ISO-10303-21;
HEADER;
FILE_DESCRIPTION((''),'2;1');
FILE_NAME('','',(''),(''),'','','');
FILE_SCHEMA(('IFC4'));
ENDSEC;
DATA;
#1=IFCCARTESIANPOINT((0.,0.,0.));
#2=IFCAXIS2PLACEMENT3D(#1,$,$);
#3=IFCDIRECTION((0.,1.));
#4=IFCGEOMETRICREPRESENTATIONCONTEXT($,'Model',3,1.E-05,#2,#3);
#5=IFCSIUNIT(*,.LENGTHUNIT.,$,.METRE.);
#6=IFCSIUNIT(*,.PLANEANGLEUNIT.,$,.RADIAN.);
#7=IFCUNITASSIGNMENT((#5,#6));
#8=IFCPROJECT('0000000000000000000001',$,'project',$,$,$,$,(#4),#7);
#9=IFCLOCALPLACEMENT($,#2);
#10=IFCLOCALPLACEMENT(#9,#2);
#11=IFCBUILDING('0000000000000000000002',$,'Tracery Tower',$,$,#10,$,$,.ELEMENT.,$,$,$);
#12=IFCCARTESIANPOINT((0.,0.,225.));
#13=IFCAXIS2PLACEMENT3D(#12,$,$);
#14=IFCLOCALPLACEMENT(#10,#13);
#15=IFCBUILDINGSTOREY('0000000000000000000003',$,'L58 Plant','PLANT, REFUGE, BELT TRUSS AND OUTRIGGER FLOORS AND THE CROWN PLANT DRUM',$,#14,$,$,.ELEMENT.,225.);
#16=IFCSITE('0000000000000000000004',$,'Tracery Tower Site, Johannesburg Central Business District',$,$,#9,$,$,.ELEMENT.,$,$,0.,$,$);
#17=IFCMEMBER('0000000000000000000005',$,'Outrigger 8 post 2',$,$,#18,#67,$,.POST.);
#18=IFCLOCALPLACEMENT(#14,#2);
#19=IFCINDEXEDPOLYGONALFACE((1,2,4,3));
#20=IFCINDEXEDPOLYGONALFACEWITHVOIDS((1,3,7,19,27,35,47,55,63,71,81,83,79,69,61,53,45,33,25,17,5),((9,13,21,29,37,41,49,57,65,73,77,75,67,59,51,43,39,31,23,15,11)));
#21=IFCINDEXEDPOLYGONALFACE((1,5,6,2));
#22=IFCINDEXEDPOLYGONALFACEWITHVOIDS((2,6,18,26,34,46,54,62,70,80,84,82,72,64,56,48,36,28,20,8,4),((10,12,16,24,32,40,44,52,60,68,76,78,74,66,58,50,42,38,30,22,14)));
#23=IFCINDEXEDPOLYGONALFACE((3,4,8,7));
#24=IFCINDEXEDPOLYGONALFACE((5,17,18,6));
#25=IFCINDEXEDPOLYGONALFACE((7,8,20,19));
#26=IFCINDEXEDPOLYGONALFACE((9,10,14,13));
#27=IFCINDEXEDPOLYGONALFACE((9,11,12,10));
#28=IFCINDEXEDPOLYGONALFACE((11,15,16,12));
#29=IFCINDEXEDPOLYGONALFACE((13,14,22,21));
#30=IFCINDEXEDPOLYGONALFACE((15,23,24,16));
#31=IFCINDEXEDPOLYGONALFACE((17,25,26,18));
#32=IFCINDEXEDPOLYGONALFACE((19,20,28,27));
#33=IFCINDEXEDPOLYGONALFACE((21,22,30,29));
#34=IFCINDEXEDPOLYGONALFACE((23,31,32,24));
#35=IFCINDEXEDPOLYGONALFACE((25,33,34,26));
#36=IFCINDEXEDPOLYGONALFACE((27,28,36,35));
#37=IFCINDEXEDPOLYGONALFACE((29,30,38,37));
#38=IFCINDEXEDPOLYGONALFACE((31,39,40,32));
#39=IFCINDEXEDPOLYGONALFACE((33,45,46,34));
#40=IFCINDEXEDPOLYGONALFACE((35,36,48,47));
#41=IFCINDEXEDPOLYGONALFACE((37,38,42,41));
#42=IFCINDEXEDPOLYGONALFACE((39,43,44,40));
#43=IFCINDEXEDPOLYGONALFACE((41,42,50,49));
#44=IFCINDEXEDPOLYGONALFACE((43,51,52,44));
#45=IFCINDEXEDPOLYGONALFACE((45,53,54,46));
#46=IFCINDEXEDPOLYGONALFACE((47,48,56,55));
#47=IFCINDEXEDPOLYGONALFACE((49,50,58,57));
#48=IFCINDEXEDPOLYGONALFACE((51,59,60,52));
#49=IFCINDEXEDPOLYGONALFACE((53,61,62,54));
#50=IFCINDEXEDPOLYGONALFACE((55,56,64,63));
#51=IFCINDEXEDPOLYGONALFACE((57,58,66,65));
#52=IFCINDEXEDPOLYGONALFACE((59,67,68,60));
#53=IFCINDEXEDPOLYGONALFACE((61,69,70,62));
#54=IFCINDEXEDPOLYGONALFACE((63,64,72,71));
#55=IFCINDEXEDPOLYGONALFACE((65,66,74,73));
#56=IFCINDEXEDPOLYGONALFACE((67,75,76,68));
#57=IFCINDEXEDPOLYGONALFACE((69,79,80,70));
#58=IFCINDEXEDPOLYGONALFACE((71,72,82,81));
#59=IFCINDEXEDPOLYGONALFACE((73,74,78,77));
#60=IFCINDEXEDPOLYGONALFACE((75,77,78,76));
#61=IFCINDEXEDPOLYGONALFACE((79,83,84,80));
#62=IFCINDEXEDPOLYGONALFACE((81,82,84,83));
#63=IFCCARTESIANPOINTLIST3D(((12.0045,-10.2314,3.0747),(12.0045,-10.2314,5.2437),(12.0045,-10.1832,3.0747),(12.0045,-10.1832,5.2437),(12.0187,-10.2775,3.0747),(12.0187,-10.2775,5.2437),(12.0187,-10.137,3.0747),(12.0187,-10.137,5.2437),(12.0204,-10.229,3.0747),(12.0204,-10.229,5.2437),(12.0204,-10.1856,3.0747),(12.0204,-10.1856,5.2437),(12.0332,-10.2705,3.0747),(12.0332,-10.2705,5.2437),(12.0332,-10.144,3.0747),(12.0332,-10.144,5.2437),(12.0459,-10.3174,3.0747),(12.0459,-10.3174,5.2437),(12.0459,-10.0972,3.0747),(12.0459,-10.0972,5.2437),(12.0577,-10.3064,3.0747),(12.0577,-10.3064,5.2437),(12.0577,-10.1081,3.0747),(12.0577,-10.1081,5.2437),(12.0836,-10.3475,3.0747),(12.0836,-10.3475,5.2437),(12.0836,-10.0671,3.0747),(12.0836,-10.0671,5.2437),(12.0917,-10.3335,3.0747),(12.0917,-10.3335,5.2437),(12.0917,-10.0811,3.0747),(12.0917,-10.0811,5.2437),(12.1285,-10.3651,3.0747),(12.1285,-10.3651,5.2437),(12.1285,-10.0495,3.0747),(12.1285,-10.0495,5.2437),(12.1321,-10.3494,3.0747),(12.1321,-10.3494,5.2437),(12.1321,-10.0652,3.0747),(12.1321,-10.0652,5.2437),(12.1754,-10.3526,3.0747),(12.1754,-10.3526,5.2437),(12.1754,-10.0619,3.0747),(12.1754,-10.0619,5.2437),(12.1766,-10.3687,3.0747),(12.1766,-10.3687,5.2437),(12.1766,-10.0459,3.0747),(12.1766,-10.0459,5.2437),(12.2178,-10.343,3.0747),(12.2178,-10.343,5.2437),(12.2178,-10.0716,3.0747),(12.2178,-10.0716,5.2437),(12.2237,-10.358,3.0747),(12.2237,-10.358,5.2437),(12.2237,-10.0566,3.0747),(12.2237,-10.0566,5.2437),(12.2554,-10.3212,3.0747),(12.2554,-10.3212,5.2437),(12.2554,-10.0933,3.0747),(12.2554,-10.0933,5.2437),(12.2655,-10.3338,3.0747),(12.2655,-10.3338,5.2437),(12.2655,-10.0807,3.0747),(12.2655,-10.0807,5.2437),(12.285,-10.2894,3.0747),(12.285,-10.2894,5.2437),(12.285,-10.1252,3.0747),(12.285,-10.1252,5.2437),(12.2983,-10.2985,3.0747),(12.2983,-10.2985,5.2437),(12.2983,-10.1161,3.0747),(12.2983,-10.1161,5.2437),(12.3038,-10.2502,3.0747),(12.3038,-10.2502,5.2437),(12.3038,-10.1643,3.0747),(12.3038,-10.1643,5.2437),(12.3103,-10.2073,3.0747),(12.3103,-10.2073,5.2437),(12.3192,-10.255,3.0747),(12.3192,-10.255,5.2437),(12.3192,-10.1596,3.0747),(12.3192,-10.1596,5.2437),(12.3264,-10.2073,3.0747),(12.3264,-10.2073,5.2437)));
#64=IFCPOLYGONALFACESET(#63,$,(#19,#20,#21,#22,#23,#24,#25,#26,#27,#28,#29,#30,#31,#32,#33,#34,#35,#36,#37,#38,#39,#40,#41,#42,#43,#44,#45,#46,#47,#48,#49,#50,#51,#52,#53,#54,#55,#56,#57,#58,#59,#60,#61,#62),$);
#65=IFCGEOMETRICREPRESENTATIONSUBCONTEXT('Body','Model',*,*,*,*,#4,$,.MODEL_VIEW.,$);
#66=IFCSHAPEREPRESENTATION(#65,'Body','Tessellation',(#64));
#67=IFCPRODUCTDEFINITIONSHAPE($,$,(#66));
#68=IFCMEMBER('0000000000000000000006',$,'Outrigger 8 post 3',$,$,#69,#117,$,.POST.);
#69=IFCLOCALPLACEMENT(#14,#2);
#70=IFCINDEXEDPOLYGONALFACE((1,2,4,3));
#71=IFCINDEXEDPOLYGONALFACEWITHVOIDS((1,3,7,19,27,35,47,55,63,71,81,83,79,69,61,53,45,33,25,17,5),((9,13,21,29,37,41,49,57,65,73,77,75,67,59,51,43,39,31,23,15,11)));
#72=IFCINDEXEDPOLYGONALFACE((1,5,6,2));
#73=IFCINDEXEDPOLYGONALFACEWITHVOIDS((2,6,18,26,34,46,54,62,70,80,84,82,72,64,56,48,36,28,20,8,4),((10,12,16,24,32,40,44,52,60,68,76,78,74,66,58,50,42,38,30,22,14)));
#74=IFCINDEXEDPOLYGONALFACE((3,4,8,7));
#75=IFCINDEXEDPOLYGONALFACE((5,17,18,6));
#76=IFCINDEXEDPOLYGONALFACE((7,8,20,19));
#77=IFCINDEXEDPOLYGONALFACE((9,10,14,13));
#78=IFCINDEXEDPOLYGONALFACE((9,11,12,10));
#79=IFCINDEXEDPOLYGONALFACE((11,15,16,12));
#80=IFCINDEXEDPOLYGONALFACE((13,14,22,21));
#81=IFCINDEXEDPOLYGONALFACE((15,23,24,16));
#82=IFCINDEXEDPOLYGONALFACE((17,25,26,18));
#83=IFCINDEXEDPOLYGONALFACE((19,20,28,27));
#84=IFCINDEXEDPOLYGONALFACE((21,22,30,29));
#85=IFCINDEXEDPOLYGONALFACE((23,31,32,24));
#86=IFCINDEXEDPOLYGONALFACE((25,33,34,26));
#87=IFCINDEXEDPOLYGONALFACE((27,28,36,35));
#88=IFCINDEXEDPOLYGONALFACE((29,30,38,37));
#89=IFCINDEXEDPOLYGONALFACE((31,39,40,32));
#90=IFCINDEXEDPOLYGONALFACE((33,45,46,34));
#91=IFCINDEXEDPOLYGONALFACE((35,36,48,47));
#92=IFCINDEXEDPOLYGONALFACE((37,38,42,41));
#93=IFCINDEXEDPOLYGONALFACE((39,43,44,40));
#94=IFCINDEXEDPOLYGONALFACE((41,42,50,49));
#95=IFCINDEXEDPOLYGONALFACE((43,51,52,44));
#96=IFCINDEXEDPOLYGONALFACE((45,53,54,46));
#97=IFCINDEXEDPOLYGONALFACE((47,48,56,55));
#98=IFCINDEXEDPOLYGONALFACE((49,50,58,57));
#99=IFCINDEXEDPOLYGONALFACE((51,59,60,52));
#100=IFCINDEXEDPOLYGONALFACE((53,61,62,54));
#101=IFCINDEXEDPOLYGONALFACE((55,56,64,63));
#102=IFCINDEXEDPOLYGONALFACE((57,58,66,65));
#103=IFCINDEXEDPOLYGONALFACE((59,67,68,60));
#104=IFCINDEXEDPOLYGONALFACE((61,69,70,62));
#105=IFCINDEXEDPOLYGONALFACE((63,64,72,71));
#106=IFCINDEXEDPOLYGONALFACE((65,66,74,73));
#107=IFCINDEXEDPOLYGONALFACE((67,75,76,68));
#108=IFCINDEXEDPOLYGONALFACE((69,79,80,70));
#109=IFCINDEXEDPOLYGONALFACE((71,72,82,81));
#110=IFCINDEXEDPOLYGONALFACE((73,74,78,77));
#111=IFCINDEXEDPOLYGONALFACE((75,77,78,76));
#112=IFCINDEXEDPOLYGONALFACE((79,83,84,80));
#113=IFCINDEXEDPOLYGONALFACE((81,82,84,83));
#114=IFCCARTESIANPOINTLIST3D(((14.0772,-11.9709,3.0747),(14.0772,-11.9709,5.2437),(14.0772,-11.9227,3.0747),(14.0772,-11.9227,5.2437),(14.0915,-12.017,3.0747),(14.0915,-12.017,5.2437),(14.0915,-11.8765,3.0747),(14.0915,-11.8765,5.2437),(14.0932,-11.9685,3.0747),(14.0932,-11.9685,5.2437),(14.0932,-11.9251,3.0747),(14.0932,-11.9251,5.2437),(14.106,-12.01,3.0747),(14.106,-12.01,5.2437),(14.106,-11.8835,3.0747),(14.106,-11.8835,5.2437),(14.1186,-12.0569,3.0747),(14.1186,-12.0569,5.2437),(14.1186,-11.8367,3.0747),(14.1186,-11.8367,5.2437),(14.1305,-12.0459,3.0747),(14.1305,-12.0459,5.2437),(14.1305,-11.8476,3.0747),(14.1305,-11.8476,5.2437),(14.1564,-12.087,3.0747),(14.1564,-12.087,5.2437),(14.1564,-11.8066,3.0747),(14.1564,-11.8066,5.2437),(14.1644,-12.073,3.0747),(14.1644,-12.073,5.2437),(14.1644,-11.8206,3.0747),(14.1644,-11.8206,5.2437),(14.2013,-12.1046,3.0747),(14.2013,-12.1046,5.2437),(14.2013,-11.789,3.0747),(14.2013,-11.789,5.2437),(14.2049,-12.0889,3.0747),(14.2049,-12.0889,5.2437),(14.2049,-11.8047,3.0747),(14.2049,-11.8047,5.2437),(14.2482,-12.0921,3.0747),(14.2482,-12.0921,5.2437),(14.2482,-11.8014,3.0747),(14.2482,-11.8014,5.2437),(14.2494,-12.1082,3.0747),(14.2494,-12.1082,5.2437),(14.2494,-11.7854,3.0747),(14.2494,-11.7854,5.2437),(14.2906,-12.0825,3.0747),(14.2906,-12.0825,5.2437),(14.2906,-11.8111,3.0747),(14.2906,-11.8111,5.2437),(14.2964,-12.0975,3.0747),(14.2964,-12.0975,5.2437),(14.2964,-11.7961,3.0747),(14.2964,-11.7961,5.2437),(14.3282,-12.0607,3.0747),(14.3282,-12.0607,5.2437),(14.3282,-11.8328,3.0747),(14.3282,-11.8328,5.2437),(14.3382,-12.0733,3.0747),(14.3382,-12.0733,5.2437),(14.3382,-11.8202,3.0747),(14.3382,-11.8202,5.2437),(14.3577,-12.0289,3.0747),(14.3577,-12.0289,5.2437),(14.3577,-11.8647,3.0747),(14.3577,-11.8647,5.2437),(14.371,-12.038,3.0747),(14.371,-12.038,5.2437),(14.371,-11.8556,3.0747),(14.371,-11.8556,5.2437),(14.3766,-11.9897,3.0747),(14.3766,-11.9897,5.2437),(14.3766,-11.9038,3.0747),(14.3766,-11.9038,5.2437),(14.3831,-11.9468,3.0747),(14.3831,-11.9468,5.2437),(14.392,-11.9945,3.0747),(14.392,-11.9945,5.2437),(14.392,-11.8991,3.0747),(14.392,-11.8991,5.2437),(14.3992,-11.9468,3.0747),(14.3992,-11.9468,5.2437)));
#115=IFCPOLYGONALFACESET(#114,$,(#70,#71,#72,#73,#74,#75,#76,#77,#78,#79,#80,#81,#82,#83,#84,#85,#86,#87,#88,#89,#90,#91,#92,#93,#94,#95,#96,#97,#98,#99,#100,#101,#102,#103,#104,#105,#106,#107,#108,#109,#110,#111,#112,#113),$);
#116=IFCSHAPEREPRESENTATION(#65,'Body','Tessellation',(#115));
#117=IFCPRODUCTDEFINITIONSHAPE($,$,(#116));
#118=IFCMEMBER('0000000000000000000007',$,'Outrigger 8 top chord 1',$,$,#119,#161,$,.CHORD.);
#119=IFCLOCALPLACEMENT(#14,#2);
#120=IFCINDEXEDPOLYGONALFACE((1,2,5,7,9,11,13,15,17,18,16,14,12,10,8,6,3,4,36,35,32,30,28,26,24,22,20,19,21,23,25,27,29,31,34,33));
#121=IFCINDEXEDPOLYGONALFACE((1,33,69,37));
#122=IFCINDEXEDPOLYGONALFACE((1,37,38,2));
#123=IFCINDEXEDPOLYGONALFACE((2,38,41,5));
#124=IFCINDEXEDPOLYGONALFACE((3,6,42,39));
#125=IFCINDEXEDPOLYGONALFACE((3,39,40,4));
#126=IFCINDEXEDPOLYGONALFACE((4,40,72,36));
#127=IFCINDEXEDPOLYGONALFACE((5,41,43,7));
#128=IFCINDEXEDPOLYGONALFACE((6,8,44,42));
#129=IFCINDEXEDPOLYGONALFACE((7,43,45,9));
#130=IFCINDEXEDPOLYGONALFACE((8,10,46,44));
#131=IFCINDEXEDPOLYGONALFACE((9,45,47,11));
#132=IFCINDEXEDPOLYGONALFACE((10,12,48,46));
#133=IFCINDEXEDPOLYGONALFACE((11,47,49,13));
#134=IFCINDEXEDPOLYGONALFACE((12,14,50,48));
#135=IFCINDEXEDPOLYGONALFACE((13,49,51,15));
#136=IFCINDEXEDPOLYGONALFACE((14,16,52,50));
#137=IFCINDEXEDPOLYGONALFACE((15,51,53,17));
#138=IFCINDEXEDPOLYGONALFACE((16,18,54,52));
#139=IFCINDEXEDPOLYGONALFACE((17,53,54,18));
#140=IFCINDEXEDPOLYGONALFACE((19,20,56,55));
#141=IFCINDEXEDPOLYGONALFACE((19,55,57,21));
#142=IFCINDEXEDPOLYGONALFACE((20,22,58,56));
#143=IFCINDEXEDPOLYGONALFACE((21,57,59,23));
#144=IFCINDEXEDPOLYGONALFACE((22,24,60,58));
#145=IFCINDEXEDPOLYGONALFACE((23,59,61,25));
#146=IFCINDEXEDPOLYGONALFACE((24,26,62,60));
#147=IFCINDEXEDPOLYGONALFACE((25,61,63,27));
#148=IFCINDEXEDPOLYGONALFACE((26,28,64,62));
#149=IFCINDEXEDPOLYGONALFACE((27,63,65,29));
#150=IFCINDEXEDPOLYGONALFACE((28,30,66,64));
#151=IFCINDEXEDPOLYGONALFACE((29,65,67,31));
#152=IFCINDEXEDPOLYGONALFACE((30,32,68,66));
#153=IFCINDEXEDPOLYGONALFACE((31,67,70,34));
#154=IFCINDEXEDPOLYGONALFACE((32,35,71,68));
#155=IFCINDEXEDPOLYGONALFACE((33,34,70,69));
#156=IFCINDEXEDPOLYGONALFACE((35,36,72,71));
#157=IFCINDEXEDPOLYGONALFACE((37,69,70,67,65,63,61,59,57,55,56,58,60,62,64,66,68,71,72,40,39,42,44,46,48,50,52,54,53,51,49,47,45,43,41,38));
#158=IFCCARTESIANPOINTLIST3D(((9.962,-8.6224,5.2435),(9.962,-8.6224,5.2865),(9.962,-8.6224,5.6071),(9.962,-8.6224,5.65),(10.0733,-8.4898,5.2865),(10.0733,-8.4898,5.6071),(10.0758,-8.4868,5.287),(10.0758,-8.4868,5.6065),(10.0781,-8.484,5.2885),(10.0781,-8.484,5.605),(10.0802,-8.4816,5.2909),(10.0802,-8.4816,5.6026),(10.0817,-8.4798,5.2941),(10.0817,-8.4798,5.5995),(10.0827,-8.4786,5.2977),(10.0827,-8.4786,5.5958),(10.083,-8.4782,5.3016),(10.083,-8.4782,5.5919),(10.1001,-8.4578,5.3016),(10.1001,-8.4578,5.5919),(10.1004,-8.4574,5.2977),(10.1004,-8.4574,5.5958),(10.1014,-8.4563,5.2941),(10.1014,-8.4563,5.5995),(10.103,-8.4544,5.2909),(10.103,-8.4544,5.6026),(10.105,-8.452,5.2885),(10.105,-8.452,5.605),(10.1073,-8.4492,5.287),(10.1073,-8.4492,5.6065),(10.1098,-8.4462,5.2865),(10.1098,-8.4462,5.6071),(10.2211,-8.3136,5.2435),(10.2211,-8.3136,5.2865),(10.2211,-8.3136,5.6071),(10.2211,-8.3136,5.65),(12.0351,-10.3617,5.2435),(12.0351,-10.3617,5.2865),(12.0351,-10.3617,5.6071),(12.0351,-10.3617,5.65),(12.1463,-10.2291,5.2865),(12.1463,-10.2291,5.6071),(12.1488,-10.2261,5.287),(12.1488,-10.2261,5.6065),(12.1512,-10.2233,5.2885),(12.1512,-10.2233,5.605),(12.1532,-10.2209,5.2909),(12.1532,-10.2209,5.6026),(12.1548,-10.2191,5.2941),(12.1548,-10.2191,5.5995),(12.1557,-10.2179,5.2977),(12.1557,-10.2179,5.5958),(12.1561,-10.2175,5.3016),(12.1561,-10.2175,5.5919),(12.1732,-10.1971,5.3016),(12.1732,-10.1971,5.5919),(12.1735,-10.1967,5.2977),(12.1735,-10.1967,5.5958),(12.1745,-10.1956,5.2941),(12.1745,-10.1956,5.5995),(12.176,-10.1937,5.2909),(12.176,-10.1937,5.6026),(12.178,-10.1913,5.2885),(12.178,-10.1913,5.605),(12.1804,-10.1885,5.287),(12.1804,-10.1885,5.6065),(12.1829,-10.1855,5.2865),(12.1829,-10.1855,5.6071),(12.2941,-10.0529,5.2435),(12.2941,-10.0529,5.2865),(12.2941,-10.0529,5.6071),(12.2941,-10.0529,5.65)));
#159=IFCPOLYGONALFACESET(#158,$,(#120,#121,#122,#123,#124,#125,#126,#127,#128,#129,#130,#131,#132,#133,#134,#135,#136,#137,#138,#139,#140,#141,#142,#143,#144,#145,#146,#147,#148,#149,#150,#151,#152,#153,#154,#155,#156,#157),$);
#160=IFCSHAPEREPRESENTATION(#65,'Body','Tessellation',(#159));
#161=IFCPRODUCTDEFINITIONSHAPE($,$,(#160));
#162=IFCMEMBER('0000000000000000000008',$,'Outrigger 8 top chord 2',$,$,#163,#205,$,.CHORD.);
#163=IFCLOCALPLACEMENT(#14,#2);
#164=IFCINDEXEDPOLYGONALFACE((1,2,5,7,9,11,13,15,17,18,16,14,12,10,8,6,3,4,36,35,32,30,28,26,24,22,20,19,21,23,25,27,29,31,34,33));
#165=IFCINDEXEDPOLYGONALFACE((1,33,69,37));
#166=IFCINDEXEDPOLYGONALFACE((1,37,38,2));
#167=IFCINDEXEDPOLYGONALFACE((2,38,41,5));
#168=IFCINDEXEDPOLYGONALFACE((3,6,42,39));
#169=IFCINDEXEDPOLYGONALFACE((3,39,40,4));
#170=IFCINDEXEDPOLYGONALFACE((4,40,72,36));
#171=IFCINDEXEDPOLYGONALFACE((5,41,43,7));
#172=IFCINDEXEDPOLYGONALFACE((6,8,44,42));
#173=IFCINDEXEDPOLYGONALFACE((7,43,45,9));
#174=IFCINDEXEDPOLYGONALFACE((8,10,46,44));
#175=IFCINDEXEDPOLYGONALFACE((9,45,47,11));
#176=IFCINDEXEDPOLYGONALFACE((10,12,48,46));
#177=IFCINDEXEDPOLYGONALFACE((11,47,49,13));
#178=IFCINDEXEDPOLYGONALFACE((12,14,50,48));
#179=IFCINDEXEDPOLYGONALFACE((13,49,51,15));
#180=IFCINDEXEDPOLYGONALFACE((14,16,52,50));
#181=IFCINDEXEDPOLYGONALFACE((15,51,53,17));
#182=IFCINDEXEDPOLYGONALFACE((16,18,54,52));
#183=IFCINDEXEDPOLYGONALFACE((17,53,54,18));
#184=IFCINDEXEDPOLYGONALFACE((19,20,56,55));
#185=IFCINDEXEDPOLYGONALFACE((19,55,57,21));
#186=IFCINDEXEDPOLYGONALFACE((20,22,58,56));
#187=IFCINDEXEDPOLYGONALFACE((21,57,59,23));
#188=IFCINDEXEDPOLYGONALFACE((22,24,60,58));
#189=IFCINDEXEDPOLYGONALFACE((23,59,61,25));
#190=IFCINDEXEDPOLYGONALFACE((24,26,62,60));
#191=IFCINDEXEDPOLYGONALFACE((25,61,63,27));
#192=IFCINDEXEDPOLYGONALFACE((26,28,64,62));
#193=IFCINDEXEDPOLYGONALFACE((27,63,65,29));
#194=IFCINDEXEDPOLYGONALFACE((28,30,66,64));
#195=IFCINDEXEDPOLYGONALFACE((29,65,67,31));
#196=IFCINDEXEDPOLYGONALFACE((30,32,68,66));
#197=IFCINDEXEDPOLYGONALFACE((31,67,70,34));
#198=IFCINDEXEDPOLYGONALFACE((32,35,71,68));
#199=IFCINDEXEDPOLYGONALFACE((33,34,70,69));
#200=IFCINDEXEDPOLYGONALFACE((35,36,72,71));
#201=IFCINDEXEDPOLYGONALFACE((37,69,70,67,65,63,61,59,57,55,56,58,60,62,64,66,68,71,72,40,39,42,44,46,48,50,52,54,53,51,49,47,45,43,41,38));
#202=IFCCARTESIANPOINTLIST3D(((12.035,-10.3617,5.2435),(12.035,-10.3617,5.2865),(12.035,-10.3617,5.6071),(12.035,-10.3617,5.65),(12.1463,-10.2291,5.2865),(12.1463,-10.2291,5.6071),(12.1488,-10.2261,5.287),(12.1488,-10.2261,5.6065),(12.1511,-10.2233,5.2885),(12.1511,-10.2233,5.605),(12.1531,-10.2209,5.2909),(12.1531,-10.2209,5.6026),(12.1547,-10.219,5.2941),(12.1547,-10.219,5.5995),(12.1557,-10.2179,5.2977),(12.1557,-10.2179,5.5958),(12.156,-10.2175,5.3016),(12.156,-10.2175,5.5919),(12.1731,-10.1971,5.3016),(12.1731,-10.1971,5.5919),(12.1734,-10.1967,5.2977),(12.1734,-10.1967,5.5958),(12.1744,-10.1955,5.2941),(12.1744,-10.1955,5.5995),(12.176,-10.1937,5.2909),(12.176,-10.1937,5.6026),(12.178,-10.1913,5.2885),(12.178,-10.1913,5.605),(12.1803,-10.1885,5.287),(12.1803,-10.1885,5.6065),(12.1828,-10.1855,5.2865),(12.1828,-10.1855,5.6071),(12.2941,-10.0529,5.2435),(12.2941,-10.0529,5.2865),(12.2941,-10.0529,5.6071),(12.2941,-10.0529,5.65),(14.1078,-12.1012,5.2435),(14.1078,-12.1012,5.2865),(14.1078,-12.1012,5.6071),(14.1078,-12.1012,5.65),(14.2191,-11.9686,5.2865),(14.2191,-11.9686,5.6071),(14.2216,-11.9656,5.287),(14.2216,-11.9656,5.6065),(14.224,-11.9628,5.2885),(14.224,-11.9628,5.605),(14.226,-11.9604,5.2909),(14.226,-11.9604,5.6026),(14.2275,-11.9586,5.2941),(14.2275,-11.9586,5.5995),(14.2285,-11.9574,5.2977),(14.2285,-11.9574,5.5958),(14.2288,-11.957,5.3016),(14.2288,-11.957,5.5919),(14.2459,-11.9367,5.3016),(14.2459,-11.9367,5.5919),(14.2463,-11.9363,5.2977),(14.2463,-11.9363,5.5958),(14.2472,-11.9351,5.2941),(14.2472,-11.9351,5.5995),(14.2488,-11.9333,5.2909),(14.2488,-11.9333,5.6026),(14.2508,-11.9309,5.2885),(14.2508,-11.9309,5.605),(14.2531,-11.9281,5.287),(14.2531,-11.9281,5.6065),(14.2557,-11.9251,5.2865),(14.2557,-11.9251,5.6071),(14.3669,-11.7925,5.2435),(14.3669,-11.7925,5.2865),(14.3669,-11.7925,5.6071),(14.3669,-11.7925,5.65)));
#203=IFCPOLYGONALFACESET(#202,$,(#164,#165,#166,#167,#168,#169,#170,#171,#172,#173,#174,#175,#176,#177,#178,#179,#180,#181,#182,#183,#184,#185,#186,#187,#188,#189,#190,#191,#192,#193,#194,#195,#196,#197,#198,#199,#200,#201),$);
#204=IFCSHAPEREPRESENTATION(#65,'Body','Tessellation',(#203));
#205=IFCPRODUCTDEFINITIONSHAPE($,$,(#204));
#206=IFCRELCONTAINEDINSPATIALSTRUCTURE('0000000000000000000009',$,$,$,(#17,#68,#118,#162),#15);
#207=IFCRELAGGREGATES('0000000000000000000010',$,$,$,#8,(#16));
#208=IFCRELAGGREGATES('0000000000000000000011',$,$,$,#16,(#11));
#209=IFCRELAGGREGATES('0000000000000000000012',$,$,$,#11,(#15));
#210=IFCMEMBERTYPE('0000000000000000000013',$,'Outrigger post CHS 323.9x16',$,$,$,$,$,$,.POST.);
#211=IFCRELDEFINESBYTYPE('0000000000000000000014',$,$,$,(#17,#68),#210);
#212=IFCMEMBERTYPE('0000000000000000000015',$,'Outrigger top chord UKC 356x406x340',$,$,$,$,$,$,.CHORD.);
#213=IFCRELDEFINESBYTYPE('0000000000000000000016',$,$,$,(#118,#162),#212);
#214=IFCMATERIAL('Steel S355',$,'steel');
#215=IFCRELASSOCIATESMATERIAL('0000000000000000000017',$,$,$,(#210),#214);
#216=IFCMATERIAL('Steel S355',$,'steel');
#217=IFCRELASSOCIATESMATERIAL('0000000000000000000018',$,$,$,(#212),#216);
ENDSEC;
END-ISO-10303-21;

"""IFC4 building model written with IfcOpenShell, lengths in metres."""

from ifc_helpers import new_model, si_unit, direction, frame, origin, origin_2d, place, context, subcontext, project, spatial, hollow_circle, i_section, extrude, material, material_profile, profile_set, type_object, element, save


model = new_model("IFC4")

# Units and contexts
model_context = context("Model", 3, precision=1e-05, world=origin(), true_north=direction((0.0, 1.0)))
body_context = subcontext(model_context, "Body", "Model", "MODEL_VIEW")
ifc_project = project(units=[si_unit("LENGTHUNIT", "METRE"), si_unit("PLANEANGLEUNIT", "RADIAN")], contexts=[model_context])

# Site, building, storey
site_placement = place(None, origin())
site = spatial("IfcSite", under=ifc_project, at=site_placement, Name="Tracery Tower Site, Johannesburg Central Business District", CompositionType="ELEMENT", RefElevation=0.0)
building_placement = place(site_placement, origin())
building = spatial("IfcBuilding", under=site, at=building_placement, Name="Tracery Tower", CompositionType="ELEMENT")
storey_placement = place(building_placement, frame((0.0, 0.0, 225.0)))
storey = spatial("IfcBuildingStorey", under=building, at=storey_placement, Name="L58 Plant", Description="PLANT, REFUGE, BELT TRUSS AND OUTRIGGER FLOORS AND THE CROWN PLANT DRUM", CompositionType="ELEMENT", Elevation=225.0)

# Members
ifc_material_1 = material(Name="Steel S355", Category="steel")
ifc_material_profile_1 = material_profile(ifc_material_1, hollow_circle(Radius=0.1619, WallThickness=0.0161, at=origin_2d()), Name="CHS 323.9x16")
ifc_profile_set_1 = profile_set([ifc_material_profile_1], Name="Steel S355")
member_type_1 = type_object("IfcMemberType", Name="Outrigger post CHS 323.9x16", PredefinedType="POST", material=ifc_profile_set_1)
for number, where, z_axis, x_axis, name in (
    (1, (12.1646, -10.2073, 3.0747), (0.0, 0.0, 1.0), (1.0, 0.0, 0.0), "Outrigger 8 post 2"),
    (2, (14.2373, -11.9468, 3.0747), (0.0, 0.0, 1.0), (1.0, 0.0, 0.0), "Outrigger 8 post 3"),
):
    element("IfcMember", number, at=place(storey_placement, frame(where, z_axis=z_axis, x_axis=x_axis)), inside=storey, type_object=member_type_1, Name=name, PredefinedType="POST", context=body_context, shape_type="SweptSolid", body=[
        extrude(hollow_circle(Radius=0.1619, WallThickness=0.0161, at=origin_2d()), origin(), (0.0, 0.0, 1.0), 2.1689),
    ])
ifc_material_2 = material(Name="Steel S355", Category="steel")
ifc_material_profile_2 = material_profile(ifc_material_2, i_section(OverallWidth=0.4031, OverallDepth=0.4065, WebThickness=0.0266, FlangeThickness=0.043, FilletRadius=0.0151, at=origin_2d()), Name="UKC 356x406x340")
ifc_profile_set_2 = profile_set([ifc_material_profile_2], Name="Steel S355")
member_type_2 = type_object("IfcMemberType", Name="Outrigger top chord UKC 356x406x340", PredefinedType="CHORD", material=ifc_profile_set_2)
for number, where, z_axis, x_axis, name in (
    (3, (10.0916, -8.468, 5.4468), (0.76608, -0.642746, 0.0), (0.642746, 0.76608, 0.0), "Outrigger 8 top chord 1"),
    (4, (12.1646, -10.2073, 5.4468), (0.765998, -0.642843, 0.0), (0.642843, 0.765998, 0.0), "Outrigger 8 top chord 2"),
):
    element("IfcMember", number, at=place(storey_placement, frame(where, z_axis=z_axis, x_axis=x_axis)), inside=storey, type_object=member_type_2, Name=name, PredefinedType="CHORD", context=body_context, shape_type="SweptSolid", body=[
        extrude(i_section(OverallWidth=0.4031, OverallDepth=0.4065, WebThickness=0.0266, FlangeThickness=0.043, FilletRadius=0.0151, at=origin_2d()), origin(), (0.0, 0.0, 1.0), 2.7061),
    ])

save(model, "model.ifc")
